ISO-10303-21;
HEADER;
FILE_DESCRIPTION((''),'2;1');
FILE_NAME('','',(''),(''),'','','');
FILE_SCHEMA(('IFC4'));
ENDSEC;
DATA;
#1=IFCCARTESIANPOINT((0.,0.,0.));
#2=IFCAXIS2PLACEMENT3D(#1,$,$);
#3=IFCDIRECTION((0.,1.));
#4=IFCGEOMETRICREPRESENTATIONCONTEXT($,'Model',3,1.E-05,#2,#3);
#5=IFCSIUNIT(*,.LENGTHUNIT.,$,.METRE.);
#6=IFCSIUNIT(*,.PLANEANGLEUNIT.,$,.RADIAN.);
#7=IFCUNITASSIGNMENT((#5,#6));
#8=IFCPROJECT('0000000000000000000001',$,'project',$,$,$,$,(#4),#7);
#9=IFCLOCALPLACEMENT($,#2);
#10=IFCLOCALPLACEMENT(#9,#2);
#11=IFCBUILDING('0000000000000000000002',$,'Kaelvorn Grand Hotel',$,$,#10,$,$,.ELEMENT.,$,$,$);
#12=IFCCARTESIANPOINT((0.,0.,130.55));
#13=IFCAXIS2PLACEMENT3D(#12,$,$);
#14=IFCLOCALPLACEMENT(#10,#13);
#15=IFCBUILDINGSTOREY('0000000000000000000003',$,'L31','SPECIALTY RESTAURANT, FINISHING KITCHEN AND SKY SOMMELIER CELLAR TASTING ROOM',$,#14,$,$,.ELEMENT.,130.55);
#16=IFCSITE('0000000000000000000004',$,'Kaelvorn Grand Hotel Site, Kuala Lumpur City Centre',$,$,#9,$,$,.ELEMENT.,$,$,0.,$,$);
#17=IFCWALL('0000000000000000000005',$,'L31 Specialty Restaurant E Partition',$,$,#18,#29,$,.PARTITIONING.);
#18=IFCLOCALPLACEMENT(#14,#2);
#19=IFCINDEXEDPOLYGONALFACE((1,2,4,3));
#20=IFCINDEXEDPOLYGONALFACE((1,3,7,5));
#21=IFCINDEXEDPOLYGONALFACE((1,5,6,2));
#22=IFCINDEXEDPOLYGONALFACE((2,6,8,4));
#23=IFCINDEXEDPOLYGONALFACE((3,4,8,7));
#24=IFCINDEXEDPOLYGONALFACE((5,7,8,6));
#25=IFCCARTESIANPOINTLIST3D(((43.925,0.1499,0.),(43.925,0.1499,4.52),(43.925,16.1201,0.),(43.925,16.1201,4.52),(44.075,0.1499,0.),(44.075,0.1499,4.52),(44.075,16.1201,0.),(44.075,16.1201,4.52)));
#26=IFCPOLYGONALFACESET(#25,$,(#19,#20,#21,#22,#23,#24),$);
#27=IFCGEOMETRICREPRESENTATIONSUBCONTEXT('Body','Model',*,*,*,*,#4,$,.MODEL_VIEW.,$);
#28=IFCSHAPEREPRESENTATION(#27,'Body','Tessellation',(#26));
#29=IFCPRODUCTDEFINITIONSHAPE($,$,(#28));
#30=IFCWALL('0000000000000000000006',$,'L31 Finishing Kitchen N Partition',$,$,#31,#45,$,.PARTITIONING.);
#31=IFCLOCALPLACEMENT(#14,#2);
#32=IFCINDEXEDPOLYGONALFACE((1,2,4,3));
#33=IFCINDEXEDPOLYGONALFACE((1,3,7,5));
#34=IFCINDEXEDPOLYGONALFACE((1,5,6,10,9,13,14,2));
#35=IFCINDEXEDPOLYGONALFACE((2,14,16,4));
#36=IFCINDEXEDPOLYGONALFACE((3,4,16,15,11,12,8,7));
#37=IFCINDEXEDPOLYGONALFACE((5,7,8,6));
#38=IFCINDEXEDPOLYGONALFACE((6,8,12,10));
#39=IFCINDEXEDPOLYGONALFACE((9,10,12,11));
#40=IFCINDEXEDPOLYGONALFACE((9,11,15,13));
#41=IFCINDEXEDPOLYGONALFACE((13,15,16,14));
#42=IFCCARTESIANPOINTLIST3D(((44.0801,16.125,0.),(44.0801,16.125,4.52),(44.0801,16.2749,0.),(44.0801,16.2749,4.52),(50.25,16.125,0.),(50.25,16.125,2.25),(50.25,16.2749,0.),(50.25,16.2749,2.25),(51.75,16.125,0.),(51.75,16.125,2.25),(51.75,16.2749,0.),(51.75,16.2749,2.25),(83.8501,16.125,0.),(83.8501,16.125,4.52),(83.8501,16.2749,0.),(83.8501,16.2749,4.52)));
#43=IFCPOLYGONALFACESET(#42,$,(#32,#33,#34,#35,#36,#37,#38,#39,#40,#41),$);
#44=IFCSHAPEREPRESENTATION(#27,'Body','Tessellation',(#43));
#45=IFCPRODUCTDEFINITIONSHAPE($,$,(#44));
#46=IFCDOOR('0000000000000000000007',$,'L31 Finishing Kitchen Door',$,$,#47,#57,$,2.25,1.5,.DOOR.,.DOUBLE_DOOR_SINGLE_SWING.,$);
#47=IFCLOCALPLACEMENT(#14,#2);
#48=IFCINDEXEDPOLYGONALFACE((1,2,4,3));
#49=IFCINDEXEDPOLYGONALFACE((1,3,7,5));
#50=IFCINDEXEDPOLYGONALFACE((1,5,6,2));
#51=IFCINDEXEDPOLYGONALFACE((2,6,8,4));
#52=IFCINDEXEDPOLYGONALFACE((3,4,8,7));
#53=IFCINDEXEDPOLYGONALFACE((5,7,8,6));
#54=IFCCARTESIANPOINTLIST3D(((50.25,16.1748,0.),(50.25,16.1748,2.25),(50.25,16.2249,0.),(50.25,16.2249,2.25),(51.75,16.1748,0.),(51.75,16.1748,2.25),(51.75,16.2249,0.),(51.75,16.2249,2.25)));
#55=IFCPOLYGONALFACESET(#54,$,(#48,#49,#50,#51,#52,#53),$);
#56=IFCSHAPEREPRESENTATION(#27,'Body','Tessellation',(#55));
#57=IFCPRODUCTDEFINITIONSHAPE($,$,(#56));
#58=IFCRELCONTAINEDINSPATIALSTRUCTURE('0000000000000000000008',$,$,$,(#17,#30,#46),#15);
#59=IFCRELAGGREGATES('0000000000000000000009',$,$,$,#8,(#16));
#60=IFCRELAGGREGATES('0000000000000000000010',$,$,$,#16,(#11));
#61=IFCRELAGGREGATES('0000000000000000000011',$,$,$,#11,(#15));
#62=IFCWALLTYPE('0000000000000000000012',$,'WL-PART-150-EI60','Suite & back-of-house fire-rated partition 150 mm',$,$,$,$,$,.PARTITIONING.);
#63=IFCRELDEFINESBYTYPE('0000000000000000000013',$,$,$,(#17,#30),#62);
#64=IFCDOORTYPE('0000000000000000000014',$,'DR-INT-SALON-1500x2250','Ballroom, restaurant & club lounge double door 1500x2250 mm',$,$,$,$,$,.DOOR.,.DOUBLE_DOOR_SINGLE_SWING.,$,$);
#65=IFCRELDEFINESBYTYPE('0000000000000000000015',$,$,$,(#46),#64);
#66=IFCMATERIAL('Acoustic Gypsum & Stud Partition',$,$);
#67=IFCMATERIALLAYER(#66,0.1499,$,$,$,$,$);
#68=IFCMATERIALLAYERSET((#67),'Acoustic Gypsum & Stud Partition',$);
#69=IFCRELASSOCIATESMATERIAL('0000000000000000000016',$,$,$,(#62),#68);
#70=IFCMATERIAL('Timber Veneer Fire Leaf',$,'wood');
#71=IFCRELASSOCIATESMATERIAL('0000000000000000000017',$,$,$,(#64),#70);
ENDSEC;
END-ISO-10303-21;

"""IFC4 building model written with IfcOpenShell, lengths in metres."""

from ifc_helpers import new_model, si_unit, direction, frame, frame_2d, origin, place, context, subcontext, project, spatial, rectangle, extrude, material, layer, layer_set, type_object, element, fill, save


model = new_model("IFC4")

# Units and contexts
model_context = context("Model", 3, precision=1e-05, world=origin(), true_north=direction((0.0, 1.0)))
body_context = subcontext(model_context, "Body", "Model", "MODEL_VIEW")
ifc_project = project(units=[si_unit("LENGTHUNIT", "METRE"), si_unit("PLANEANGLEUNIT", "RADIAN")], contexts=[model_context])

# Site, building, storey
site_placement = place(None, origin())
site = spatial("IfcSite", under=ifc_project, at=site_placement, Name="Kaelvorn Grand Hotel Site, Kuala Lumpur City Centre", CompositionType="ELEMENT", RefElevation=0.0)
building_placement = place(site_placement, origin())
building = spatial("IfcBuilding", under=site, at=building_placement, Name="Kaelvorn Grand Hotel", CompositionType="ELEMENT")
storey_placement = place(building_placement, frame((0.0, 0.0, 130.55)))
storey = spatial("IfcBuildingStorey", under=building, at=storey_placement, Name="L31", Description="SPECIALTY RESTAURANT, FINISHING KITCHEN AND SKY SOMMELIER CELLAR TASTING ROOM", CompositionType="ELEMENT", Elevation=130.55)

# Wall
ifc_material_1 = material(Name="Acoustic Gypsum & Stud Partition")
ifc_layer_1 = layer(ifc_material_1, 0.1499)
ifc_layer_set_1 = layer_set([ifc_layer_1], Name="Acoustic Gypsum & Stud Partition")
wall_type_1 = type_object("IfcWallType", Name="WL-PART-150-EI60", Description="Suite & back-of-house fire-rated partition 150 mm", PredefinedType="PARTITIONING", material=ifc_layer_set_1)
wall_1_placement = place(storey_placement, frame((44.0, 0.1499, 0.0), z_axis=(0.0, 0.0, 1.0), x_axis=(0.0, 1.0, 0.0)))
element("IfcWall", 1, at=wall_1_placement, inside=storey, type_object=wall_type_1, Name="L31 Specialty Restaurant E Partition", PredefinedType="PARTITIONING", context=body_context, shape_type="SweptSolid", body=[
    extrude(rectangle(XDim=15.9702, YDim=0.1499, at=frame_2d((7.9851, 0.0))), origin(), (0.0, 0.0, 1.0), 4.52),
])

# Wall, opening, door
wall_2_placement = place(storey_placement, frame((44.0801, 16.2, 0.0), z_axis=(0.0, 0.0, 1.0), x_axis=(1.0, 0.0, 0.0)))
wall_2 = element("IfcWall", 2, at=wall_2_placement, inside=storey, type_object=wall_type_1, Name="L31 Finishing Kitchen N Partition", PredefinedType="PARTITIONING", context=body_context, shape_type="SweptSolid", body=[
    extrude(rectangle(XDim=39.77, YDim=0.1499, at=frame_2d((19.885, 0.0))), origin(), (0.0, 0.0, 1.0), 4.52),
])
opening_placement = place(wall_2_placement, frame((6.1699, 0.0, 0.0)))
opening = element("IfcOpeningElement", 3, at=opening_placement, cuts=wall_2, PredefinedType="OPENING", context=body_context, shape_type="SweptSolid", body=[
    extrude(rectangle(XDim=1.5, YDim=2.25, at=frame_2d((0.75, 1.125))), frame((0.0, 0.085, 0.0), z_axis=(0.0, -1.0, 0.0), x_axis=(1.0, 0.0, 0.0)), (0.0, 0.0, 1.0), 0.1699),
])
ifc_material_2 = material(Name="Timber Veneer Fire Leaf", Category="wood")
door_type = type_object("IfcDoorType", Name="DR-INT-SALON-1500x2250", Description="Ballroom, restaurant & club lounge double door 1500x2250 mm", OperationType="DOUBLE_DOOR_SINGLE_SWING", PredefinedType="DOOR", material=ifc_material_2)
door_placement = place(opening_placement, origin())
door = element("IfcDoor", 4, at=door_placement, inside=storey, type_object=door_type, Name="L31 Finishing Kitchen Door", OperationType="DOUBLE_DOOR_SINGLE_SWING", OverallHeight=2.25, OverallWidth=1.5, PredefinedType="DOOR", context=body_context, shape_type="SweptSolid", body=[
    extrude(rectangle(XDim=1.5, YDim=2.25, at=frame_2d((0.75, 1.125))), frame((0.0, 0.0249, 0.0), z_axis=(0.0, -1.0, 0.0), x_axis=(1.0, 0.0, 0.0)), (0.0, 0.0, 1.0), 0.05),
])
fill(opening, door)

save(model, "model.ifc")
